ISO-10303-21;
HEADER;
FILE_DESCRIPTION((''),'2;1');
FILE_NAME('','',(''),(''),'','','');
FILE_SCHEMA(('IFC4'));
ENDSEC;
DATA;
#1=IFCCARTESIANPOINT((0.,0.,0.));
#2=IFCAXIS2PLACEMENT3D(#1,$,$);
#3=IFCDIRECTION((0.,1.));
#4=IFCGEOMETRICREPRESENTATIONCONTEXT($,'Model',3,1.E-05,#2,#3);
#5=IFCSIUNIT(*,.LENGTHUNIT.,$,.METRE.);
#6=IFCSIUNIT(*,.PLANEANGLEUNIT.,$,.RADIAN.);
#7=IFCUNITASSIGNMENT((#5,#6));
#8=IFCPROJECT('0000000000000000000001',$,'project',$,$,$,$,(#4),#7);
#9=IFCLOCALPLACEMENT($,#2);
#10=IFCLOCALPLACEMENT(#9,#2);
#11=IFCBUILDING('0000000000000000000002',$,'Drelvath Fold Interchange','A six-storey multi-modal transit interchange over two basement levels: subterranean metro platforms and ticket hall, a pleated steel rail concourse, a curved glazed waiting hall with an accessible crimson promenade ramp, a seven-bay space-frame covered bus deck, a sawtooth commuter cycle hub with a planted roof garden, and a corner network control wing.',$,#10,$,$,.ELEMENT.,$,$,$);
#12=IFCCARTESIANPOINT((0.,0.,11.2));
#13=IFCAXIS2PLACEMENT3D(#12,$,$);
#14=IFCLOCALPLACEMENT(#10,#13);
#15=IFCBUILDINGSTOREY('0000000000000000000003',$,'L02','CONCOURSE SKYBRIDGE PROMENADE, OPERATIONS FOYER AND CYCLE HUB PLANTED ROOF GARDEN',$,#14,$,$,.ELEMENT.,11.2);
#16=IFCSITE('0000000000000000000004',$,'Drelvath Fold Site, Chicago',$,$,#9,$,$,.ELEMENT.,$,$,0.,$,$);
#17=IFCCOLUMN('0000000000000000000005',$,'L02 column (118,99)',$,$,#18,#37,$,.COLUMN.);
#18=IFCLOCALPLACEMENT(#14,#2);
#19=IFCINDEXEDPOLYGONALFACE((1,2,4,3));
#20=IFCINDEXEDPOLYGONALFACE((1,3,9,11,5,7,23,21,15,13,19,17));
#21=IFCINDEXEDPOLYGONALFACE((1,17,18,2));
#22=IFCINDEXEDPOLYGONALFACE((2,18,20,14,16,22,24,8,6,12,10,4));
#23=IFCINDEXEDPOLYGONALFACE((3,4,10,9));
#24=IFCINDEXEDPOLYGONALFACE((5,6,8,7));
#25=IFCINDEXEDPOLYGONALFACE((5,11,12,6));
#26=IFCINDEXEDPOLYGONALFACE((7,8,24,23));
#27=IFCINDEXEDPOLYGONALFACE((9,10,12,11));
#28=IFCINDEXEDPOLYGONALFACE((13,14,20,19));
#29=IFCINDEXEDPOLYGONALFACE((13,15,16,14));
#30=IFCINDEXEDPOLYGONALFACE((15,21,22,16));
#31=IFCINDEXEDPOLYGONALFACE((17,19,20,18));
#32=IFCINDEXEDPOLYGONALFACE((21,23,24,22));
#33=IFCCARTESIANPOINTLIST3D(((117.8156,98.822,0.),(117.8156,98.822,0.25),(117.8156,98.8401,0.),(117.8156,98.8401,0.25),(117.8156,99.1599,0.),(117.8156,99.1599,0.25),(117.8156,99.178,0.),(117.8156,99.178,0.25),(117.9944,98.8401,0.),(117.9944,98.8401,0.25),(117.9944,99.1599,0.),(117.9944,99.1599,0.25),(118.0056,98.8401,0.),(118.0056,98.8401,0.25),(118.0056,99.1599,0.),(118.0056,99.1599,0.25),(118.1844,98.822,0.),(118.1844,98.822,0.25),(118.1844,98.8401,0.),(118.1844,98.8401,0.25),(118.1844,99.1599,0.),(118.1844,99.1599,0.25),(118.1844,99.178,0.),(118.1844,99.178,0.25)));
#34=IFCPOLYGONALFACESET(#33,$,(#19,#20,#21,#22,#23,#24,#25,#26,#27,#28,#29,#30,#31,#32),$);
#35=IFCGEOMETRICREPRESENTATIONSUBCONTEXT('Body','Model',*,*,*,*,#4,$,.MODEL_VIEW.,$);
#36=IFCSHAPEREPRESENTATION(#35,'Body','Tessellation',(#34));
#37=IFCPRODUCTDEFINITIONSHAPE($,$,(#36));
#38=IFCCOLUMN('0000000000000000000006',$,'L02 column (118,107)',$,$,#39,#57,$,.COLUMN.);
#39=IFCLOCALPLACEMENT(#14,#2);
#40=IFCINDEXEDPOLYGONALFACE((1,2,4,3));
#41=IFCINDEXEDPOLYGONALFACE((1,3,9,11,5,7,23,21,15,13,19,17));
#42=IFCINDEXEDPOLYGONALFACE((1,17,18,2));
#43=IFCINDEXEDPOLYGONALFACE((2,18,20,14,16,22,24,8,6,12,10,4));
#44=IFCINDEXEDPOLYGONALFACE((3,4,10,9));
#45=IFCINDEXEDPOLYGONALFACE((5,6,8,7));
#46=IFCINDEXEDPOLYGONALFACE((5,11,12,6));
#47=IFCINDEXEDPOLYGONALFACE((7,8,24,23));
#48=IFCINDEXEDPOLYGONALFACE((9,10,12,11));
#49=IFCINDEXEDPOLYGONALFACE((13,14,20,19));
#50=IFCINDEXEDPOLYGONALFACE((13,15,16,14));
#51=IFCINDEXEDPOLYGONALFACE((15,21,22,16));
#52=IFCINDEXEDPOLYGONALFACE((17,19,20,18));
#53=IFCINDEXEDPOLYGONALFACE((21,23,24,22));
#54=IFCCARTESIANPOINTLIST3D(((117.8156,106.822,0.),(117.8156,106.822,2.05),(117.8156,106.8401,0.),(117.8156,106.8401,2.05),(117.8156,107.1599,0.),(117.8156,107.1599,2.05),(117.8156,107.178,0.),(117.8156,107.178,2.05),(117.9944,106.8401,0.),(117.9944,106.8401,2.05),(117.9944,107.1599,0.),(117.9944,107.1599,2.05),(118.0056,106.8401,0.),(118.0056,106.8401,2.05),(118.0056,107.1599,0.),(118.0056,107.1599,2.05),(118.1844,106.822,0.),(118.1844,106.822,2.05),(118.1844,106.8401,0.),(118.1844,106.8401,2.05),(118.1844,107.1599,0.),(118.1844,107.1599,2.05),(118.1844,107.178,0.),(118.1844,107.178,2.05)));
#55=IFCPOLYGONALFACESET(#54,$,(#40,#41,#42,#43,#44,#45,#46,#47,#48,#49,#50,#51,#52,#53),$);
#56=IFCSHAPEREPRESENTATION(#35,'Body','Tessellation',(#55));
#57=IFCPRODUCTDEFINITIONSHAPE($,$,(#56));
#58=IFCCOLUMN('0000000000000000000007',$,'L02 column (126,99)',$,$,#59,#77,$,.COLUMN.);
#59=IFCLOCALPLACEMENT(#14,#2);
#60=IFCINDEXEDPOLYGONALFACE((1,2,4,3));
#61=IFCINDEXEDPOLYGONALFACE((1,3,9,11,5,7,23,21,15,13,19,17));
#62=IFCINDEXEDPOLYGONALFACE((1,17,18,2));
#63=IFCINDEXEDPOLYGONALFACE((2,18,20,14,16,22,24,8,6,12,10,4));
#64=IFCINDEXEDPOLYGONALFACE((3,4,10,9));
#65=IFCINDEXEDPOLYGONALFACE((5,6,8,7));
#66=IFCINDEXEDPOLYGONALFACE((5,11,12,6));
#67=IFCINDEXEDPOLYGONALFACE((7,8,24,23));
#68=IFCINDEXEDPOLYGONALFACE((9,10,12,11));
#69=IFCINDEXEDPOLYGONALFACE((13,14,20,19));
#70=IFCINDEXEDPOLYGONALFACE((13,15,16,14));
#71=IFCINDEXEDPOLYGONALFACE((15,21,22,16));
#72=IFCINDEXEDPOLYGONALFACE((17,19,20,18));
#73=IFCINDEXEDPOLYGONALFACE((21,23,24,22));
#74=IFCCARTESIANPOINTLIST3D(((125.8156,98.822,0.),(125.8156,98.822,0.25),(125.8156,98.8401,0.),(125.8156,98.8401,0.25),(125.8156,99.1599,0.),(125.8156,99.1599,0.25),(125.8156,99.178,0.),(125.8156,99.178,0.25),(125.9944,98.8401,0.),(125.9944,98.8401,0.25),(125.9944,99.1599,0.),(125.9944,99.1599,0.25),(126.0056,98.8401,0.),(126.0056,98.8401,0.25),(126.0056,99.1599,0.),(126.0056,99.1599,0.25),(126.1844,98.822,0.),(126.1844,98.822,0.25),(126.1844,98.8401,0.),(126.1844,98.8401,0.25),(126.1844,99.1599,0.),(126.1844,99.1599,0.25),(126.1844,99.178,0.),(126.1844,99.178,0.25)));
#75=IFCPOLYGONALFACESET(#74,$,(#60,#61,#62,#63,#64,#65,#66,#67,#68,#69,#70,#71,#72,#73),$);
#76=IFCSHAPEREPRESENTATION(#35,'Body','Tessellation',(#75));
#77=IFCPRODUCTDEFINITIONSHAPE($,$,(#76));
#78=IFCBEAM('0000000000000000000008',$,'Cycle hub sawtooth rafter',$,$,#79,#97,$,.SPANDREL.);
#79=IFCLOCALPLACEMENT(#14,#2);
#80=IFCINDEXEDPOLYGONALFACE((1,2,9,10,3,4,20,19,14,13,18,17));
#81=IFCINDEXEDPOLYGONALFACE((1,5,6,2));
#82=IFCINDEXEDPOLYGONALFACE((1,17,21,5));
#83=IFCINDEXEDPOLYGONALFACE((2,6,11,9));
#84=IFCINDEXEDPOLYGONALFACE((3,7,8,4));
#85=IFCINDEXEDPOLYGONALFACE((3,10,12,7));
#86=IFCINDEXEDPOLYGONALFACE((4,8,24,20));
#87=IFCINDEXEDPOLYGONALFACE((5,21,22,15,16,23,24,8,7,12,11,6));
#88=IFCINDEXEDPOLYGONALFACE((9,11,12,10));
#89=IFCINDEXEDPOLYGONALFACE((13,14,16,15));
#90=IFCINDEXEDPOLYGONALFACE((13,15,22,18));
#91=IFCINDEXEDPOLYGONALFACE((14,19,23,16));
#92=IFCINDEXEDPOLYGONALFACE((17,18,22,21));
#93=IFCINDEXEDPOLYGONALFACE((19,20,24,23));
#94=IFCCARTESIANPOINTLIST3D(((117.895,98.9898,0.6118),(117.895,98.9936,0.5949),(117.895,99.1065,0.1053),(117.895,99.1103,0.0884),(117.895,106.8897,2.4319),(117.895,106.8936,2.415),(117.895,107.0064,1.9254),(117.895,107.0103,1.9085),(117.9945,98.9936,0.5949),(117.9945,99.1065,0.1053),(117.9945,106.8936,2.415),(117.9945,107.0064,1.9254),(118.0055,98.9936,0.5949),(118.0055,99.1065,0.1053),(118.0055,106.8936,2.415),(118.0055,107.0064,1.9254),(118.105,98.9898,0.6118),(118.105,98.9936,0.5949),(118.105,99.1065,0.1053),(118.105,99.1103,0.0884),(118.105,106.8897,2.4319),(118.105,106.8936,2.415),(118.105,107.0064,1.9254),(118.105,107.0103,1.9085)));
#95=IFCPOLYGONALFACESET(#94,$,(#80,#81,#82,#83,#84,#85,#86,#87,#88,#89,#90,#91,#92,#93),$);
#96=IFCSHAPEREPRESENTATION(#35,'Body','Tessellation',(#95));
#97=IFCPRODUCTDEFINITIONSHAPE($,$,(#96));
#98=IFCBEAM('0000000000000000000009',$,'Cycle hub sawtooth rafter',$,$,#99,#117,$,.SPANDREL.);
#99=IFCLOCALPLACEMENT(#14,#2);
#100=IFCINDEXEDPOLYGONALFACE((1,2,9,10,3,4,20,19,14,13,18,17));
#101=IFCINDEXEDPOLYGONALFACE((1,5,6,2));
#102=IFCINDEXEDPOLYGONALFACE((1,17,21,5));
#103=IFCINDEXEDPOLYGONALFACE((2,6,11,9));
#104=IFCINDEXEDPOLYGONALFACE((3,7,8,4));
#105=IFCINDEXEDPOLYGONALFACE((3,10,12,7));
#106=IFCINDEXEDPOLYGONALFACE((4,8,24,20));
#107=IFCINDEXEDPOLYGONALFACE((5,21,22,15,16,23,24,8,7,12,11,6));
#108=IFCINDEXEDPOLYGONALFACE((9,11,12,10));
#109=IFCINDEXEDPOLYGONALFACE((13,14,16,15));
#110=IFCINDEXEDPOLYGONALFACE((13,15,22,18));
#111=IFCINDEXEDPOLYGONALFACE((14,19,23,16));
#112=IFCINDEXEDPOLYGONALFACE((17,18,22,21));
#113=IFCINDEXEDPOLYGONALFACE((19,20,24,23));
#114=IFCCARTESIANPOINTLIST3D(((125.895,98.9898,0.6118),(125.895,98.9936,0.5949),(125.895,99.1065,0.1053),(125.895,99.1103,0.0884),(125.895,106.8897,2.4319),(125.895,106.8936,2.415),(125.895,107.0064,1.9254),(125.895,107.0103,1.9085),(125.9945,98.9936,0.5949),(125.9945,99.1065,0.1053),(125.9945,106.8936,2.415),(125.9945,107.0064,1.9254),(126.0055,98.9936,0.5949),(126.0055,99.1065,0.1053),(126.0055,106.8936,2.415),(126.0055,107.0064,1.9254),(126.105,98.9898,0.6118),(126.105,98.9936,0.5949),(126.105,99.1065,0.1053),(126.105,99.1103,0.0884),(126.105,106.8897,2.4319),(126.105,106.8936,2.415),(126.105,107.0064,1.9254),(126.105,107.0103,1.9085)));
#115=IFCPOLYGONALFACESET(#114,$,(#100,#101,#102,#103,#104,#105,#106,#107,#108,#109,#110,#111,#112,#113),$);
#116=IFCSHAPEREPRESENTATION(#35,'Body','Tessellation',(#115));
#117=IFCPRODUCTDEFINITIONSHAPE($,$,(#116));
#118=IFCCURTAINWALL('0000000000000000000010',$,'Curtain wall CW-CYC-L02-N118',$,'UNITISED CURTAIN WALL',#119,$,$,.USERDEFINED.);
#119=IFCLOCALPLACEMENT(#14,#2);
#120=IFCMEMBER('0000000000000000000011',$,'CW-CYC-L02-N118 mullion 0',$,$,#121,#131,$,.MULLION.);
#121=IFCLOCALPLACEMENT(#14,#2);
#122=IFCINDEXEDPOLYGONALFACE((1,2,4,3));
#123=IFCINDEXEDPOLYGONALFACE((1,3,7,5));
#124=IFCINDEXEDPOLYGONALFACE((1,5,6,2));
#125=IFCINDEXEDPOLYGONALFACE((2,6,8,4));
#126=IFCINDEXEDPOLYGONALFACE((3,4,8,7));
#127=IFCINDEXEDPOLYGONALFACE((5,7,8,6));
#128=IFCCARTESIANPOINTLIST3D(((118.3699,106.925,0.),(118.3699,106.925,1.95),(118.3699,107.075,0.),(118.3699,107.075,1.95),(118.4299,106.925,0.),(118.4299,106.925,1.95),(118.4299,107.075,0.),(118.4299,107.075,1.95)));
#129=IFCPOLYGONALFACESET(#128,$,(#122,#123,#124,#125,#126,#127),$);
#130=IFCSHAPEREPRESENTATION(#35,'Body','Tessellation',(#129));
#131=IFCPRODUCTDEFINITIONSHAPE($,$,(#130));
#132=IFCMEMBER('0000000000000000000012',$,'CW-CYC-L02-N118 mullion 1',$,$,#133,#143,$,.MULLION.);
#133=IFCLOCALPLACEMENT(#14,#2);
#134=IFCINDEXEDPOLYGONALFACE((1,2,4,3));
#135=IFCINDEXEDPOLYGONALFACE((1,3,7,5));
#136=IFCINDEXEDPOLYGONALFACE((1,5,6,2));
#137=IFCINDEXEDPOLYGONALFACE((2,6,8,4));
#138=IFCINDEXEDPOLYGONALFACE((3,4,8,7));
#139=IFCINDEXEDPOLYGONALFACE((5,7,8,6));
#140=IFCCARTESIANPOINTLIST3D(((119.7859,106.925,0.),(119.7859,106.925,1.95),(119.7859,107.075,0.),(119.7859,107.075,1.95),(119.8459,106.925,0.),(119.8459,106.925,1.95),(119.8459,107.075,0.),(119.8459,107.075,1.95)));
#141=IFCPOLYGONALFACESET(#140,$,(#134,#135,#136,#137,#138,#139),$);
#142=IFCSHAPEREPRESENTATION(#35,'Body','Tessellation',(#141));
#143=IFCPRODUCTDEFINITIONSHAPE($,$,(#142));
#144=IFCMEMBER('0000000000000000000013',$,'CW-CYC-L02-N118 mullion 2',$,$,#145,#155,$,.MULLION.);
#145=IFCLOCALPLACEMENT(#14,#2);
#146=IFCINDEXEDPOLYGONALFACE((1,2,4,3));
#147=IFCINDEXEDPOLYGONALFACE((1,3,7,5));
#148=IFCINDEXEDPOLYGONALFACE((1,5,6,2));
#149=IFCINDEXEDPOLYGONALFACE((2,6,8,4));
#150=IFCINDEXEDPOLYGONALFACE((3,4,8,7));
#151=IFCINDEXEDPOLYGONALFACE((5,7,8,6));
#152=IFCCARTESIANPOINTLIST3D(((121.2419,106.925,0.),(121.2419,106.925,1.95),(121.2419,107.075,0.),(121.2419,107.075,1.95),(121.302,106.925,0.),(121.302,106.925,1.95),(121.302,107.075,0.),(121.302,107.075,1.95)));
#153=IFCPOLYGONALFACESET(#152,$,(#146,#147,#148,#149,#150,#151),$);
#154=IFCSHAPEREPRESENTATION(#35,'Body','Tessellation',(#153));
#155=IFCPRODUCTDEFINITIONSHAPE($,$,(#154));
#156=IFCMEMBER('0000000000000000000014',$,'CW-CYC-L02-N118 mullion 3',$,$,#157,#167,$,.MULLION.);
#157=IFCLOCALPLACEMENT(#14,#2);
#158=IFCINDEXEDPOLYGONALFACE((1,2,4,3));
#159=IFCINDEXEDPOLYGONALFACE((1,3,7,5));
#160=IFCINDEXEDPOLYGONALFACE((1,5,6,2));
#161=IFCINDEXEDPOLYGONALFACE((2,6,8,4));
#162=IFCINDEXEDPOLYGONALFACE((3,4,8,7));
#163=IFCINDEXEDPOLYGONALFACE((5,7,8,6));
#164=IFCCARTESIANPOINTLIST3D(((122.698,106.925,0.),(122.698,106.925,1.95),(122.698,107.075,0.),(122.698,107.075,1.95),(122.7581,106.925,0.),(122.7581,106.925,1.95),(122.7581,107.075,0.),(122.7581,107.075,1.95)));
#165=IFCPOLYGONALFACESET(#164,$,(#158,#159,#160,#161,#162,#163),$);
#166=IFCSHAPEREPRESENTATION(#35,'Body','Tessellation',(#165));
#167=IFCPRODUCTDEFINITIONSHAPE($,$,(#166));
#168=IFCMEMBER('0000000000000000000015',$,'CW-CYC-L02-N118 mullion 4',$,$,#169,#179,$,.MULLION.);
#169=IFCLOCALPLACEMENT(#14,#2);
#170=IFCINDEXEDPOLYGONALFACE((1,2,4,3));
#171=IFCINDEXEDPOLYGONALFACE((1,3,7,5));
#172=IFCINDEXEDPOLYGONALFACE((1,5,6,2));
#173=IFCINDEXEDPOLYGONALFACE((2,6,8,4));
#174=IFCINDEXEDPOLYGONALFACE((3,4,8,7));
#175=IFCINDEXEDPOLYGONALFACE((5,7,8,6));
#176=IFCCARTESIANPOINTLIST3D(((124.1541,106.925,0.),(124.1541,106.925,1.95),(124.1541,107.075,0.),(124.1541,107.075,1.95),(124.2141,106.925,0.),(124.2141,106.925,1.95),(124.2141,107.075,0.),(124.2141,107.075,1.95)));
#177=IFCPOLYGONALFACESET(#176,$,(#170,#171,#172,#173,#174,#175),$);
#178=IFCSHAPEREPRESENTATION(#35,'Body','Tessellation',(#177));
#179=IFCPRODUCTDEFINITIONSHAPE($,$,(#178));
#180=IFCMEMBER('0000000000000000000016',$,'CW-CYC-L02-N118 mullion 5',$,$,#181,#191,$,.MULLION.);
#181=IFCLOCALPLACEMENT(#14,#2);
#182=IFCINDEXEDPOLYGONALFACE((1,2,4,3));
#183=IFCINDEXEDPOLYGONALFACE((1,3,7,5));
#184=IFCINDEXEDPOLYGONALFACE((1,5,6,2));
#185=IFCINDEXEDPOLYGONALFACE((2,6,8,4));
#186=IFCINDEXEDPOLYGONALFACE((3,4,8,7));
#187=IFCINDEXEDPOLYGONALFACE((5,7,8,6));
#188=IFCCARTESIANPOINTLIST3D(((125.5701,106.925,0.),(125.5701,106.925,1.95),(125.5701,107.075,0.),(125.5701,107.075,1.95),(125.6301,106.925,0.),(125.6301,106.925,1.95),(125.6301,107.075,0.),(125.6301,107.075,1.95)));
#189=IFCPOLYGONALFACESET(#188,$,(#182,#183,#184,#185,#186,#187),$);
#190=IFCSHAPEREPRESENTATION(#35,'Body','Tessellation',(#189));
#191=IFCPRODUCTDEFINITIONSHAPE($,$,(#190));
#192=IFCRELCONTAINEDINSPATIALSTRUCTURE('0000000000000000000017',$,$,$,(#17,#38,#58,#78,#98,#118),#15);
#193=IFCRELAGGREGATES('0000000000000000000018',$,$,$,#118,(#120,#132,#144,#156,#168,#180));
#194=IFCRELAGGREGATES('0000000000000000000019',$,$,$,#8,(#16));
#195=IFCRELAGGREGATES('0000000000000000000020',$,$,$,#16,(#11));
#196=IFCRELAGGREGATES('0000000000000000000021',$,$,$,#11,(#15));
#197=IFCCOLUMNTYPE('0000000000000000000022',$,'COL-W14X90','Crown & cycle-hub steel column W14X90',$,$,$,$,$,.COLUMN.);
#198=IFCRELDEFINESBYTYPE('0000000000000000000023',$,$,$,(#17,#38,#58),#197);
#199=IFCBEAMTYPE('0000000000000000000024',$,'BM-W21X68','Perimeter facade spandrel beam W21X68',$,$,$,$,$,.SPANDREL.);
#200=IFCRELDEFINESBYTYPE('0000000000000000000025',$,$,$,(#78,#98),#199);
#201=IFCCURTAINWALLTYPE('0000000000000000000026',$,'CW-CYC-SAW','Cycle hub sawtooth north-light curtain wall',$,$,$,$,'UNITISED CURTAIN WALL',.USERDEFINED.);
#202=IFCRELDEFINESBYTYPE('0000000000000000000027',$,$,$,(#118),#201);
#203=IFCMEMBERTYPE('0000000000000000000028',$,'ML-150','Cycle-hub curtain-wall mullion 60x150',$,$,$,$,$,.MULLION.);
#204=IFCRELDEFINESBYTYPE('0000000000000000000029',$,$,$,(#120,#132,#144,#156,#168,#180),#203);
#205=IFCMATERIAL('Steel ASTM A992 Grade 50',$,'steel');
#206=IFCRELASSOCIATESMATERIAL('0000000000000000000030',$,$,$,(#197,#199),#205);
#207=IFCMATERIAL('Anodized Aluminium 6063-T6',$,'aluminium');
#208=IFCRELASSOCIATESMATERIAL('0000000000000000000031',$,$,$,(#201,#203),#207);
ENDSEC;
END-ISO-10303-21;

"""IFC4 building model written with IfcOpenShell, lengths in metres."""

from ifc_helpers import new_model, si_unit, direction, frame, origin, origin_2d, place, context, subcontext, project, spatial, rectangle, i_section, extrude, material, material_profile, profile_set, type_object, element, aggregate, save


model = new_model("IFC4")

# Units and contexts
model_context = context("Model", 3, precision=1e-05, world=origin(), true_north=direction((0.0, 1.0)))
body_context = subcontext(model_context, "Body", "Model", "MODEL_VIEW")
ifc_project = project(units=[si_unit("LENGTHUNIT", "METRE"), si_unit("PLANEANGLEUNIT", "RADIAN")], contexts=[model_context])

# Site, building, storey
site_placement = place(None, origin())
site = spatial("IfcSite", under=ifc_project, at=site_placement, Name="Drelvath Fold Site, Chicago", CompositionType="ELEMENT", RefElevation=0.0)
building_placement = place(site_placement, origin())
building = spatial("IfcBuilding", under=site, at=building_placement, Name="Drelvath Fold Interchange", Description="A six-storey multi-modal transit interchange over two basement levels: subterranean metro platforms and ticket hall, a pleated steel rail concourse, a curved glazed waiting hall with an accessible crimson promenade ramp, a seven-bay space-frame covered bus deck, a sawtooth commuter cycle hub with a planted roof garden, and a corner network control wing.", CompositionType="ELEMENT")
storey_placement = place(building_placement, frame((0.0, 0.0, 11.2)))
storey = spatial("IfcBuildingStorey", under=building, at=storey_placement, Name="L02", Description="CONCOURSE SKYBRIDGE PROMENADE, OPERATIONS FOYER AND CYCLE HUB PLANTED ROOF GARDEN", CompositionType="ELEMENT", Elevation=11.2)

# Columns
ifc_material_1 = material(Name="Steel ASTM A992 Grade 50", Category="steel")
ifc_material_profile_1 = material_profile(ifc_material_1, i_section(OverallWidth=0.3689, OverallDepth=0.356, WebThickness=0.0112, FlangeThickness=0.0181, at=origin_2d()), Name="W14X90")
ifc_profile_set_1 = profile_set([ifc_material_profile_1], Name="Steel ASTM A992 Grade 50")
column_type = type_object("IfcColumnType", Name="COL-W14X90", Description="Crown & cycle-hub steel column W14X90", PredefinedType="COLUMN", material=ifc_profile_set_1)
column_1_placement = place(storey_placement, frame((118.0, 99.0, 0.0), z_axis=(0.0, 0.0, 1.0), x_axis=(1.0, 0.0, 0.0)))
element("IfcColumn", 1, at=column_1_placement, inside=storey, type_object=column_type, Name="L02 column (118,99)", PredefinedType="COLUMN", context=body_context, shape_type="SweptSolid", body=[
    extrude(i_section(OverallWidth=0.3689, OverallDepth=0.356, WebThickness=0.0112, FlangeThickness=0.0181, at=origin_2d()), origin(), (0.0, 0.0, 1.0), 0.25),
])
column_2_placement = place(storey_placement, frame((118.0, 107.0, 0.0), z_axis=(0.0, 0.0, 1.0), x_axis=(1.0, 0.0, 0.0)))
element("IfcColumn", 2, at=column_2_placement, inside=storey, type_object=column_type, Name="L02 column (118,107)", PredefinedType="COLUMN", context=body_context, shape_type="SweptSolid", body=[
    extrude(i_section(OverallWidth=0.3689, OverallDepth=0.356, WebThickness=0.0112, FlangeThickness=0.0181, at=origin_2d()), origin(), (0.0, 0.0, 1.0), 2.05),
])
column_3_placement = place(storey_placement, frame((126.0, 99.0, 0.0), z_axis=(0.0, 0.0, 1.0), x_axis=(1.0, 0.0, 0.0)))
element("IfcColumn", 3, at=column_3_placement, inside=storey, type_object=column_type, Name="L02 column (126,99)", PredefinedType="COLUMN", context=body_context, shape_type="SweptSolid", body=[
    extrude(i_section(OverallWidth=0.3689, OverallDepth=0.356, WebThickness=0.0112, FlangeThickness=0.0181, at=origin_2d()), origin(), (0.0, 0.0, 1.0), 0.25),
])

# Beams
ifc_material_profile_2 = material_profile(ifc_material_1, i_section(OverallWidth=0.21, OverallDepth=0.5371, WebThickness=0.011, FlangeThickness=0.0173, at=origin_2d()), Name="W21X68")
ifc_profile_set_2 = profile_set([ifc_material_profile_2], Name="Steel ASTM A992 Grade 50")
beam_type = type_object("IfcBeamType", Name="BM-W21X68", Description="Perimeter facade spandrel beam W21X68", PredefinedType="SPANDREL", material=ifc_profile_set_2)
for number, where, z_axis, x_axis, name in (
    (4, (118.0, 99.05, 0.3501), (0.0, 0.974472, 0.22451), (-1.0, 0.0, 0.0), "Cycle hub sawtooth rafter"),
    (5, (126.0, 99.05, 0.3501), (0.0, 0.974472, 0.22451), (-1.0, 0.0, 0.0), "Cycle hub sawtooth rafter"),
):
    element("IfcBeam", number, at=place(storey_placement, frame(where, z_axis=z_axis, x_axis=x_axis)), inside=storey, type_object=beam_type, Name=name, PredefinedType="SPANDREL", context=body_context, shape_type="SweptSolid", body=[
        extrude(i_section(OverallWidth=0.21, OverallDepth=0.5371, WebThickness=0.011, FlangeThickness=0.0173, at=origin_2d()), origin(), (0.0, 0.0, 1.0), 8.1069),
    ])

# Curtain wall, members
ifc_material_2 = material(Name="Anodized Aluminium 6063-T6", Category="aluminium")
curtain_wall_type = type_object("IfcCurtainWallType", Name="CW-CYC-SAW", Description="Cycle hub sawtooth north-light curtain wall", ElementType="UNITISED CURTAIN WALL", PredefinedType="USERDEFINED", material=ifc_material_2)
curtain_wall_placement = place(storey_placement, origin())
curtain_wall = element("IfcCurtainWall", 6, at=curtain_wall_placement, inside=storey, type_object=curtain_wall_type, Name="Curtain wall CW-CYC-L02-N118", ObjectType="UNITISED CURTAIN WALL", PredefinedType="USERDEFINED")
ifc_material_profile_3 = material_profile(ifc_material_2, rectangle(XDim=0.0601, YDim=0.1499, at=origin_2d()), Name="AL-M 60x150")
ifc_profile_set_3 = profile_set([ifc_material_profile_3], Name="Anodized Aluminium 6063-T6")
member_type_1 = type_object("IfcMemberType", Name="ML-150", Description="Cycle-hub curtain-wall mullion 60x150", PredefinedType="MULLION", material=ifc_profile_set_3)
member_1_placement = place(storey_placement, frame((118.3999, 107.0, 0.0), z_axis=(0.0, 0.0, 1.0), x_axis=(1.0, 0.0, 0.0)))
member_1 = element("IfcMember", 7, at=member_1_placement, type_object=member_type_1, Name="CW-CYC-L02-N118 mullion 0", PredefinedType="MULLION", context=body_context, shape_type="SweptSolid", body=[
    extrude(rectangle(XDim=0.0601, YDim=0.1499, at=origin_2d()), origin(), (0.0, 0.0, 1.0), 1.95),
])
member_2_placement = place(storey_placement, frame((119.8159, 107.0, 0.0), z_axis=(0.0, 0.0, 1.0), x_axis=(1.0, 0.0, 0.0)))
member_2 = element("IfcMember", 8, at=member_2_placement, type_object=member_type_1, Name="CW-CYC-L02-N118 mullion 1", PredefinedType="MULLION", context=body_context, shape_type="SweptSolid", body=[
    extrude(rectangle(XDim=0.0601, YDim=0.1499, at=origin_2d()), origin(), (0.0, 0.0, 1.0), 1.95),
])
member_3_placement = place(storey_placement, frame((121.272, 107.0, 0.0), z_axis=(0.0, 0.0, 1.0), x_axis=(1.0, 0.0, 0.0)))
member_3 = element("IfcMember", 9, at=member_3_placement, type_object=member_type_1, Name="CW-CYC-L02-N118 mullion 2", PredefinedType="MULLION", context=body_context, shape_type="SweptSolid", body=[
    extrude(rectangle(XDim=0.0601, YDim=0.1499, at=origin_2d()), origin(), (0.0, 0.0, 1.0), 1.95),
])
member_4_placement = place(storey_placement, frame((122.728, 107.0, 0.0), z_axis=(0.0, 0.0, 1.0), x_axis=(1.0, 0.0, 0.0)))
member_4 = element("IfcMember", 10, at=member_4_placement, type_object=member_type_1, Name="CW-CYC-L02-N118 mullion 3", PredefinedType="MULLION", context=body_context, shape_type="SweptSolid", body=[
    extrude(rectangle(XDim=0.0601, YDim=0.1499, at=origin_2d()), origin(), (0.0, 0.0, 1.0), 1.95),
])
member_5_placement = place(storey_placement, frame((124.1841, 107.0, 0.0), z_axis=(0.0, 0.0, 1.0), x_axis=(1.0, 0.0, 0.0)))
member_5 = element("IfcMember", 11, at=member_5_placement, type_object=member_type_1, Name="CW-CYC-L02-N118 mullion 4", PredefinedType="MULLION", context=body_context, shape_type="SweptSolid", body=[
    extrude(rectangle(XDim=0.0601, YDim=0.1499, at=origin_2d()), origin(), (0.0, 0.0, 1.0), 1.95),
])
member_6_placement = place(storey_placement, frame((125.6001, 107.0, 0.0), z_axis=(0.0, 0.0, 1.0), x_axis=(1.0, 0.0, 0.0)))
member_6 = element("IfcMember", 12, at=member_6_placement, type_object=member_type_1, Name="CW-CYC-L02-N118 mullion 5", PredefinedType="MULLION", context=body_context, shape_type="SweptSolid", body=[
    extrude(rectangle(XDim=0.0601, YDim=0.1499, at=origin_2d()), origin(), (0.0, 0.0, 1.0), 1.95),
])
aggregate(curtain_wall, [member_1, member_2, member_3, member_4, member_5, member_6])

save(model, "model.ifc")
